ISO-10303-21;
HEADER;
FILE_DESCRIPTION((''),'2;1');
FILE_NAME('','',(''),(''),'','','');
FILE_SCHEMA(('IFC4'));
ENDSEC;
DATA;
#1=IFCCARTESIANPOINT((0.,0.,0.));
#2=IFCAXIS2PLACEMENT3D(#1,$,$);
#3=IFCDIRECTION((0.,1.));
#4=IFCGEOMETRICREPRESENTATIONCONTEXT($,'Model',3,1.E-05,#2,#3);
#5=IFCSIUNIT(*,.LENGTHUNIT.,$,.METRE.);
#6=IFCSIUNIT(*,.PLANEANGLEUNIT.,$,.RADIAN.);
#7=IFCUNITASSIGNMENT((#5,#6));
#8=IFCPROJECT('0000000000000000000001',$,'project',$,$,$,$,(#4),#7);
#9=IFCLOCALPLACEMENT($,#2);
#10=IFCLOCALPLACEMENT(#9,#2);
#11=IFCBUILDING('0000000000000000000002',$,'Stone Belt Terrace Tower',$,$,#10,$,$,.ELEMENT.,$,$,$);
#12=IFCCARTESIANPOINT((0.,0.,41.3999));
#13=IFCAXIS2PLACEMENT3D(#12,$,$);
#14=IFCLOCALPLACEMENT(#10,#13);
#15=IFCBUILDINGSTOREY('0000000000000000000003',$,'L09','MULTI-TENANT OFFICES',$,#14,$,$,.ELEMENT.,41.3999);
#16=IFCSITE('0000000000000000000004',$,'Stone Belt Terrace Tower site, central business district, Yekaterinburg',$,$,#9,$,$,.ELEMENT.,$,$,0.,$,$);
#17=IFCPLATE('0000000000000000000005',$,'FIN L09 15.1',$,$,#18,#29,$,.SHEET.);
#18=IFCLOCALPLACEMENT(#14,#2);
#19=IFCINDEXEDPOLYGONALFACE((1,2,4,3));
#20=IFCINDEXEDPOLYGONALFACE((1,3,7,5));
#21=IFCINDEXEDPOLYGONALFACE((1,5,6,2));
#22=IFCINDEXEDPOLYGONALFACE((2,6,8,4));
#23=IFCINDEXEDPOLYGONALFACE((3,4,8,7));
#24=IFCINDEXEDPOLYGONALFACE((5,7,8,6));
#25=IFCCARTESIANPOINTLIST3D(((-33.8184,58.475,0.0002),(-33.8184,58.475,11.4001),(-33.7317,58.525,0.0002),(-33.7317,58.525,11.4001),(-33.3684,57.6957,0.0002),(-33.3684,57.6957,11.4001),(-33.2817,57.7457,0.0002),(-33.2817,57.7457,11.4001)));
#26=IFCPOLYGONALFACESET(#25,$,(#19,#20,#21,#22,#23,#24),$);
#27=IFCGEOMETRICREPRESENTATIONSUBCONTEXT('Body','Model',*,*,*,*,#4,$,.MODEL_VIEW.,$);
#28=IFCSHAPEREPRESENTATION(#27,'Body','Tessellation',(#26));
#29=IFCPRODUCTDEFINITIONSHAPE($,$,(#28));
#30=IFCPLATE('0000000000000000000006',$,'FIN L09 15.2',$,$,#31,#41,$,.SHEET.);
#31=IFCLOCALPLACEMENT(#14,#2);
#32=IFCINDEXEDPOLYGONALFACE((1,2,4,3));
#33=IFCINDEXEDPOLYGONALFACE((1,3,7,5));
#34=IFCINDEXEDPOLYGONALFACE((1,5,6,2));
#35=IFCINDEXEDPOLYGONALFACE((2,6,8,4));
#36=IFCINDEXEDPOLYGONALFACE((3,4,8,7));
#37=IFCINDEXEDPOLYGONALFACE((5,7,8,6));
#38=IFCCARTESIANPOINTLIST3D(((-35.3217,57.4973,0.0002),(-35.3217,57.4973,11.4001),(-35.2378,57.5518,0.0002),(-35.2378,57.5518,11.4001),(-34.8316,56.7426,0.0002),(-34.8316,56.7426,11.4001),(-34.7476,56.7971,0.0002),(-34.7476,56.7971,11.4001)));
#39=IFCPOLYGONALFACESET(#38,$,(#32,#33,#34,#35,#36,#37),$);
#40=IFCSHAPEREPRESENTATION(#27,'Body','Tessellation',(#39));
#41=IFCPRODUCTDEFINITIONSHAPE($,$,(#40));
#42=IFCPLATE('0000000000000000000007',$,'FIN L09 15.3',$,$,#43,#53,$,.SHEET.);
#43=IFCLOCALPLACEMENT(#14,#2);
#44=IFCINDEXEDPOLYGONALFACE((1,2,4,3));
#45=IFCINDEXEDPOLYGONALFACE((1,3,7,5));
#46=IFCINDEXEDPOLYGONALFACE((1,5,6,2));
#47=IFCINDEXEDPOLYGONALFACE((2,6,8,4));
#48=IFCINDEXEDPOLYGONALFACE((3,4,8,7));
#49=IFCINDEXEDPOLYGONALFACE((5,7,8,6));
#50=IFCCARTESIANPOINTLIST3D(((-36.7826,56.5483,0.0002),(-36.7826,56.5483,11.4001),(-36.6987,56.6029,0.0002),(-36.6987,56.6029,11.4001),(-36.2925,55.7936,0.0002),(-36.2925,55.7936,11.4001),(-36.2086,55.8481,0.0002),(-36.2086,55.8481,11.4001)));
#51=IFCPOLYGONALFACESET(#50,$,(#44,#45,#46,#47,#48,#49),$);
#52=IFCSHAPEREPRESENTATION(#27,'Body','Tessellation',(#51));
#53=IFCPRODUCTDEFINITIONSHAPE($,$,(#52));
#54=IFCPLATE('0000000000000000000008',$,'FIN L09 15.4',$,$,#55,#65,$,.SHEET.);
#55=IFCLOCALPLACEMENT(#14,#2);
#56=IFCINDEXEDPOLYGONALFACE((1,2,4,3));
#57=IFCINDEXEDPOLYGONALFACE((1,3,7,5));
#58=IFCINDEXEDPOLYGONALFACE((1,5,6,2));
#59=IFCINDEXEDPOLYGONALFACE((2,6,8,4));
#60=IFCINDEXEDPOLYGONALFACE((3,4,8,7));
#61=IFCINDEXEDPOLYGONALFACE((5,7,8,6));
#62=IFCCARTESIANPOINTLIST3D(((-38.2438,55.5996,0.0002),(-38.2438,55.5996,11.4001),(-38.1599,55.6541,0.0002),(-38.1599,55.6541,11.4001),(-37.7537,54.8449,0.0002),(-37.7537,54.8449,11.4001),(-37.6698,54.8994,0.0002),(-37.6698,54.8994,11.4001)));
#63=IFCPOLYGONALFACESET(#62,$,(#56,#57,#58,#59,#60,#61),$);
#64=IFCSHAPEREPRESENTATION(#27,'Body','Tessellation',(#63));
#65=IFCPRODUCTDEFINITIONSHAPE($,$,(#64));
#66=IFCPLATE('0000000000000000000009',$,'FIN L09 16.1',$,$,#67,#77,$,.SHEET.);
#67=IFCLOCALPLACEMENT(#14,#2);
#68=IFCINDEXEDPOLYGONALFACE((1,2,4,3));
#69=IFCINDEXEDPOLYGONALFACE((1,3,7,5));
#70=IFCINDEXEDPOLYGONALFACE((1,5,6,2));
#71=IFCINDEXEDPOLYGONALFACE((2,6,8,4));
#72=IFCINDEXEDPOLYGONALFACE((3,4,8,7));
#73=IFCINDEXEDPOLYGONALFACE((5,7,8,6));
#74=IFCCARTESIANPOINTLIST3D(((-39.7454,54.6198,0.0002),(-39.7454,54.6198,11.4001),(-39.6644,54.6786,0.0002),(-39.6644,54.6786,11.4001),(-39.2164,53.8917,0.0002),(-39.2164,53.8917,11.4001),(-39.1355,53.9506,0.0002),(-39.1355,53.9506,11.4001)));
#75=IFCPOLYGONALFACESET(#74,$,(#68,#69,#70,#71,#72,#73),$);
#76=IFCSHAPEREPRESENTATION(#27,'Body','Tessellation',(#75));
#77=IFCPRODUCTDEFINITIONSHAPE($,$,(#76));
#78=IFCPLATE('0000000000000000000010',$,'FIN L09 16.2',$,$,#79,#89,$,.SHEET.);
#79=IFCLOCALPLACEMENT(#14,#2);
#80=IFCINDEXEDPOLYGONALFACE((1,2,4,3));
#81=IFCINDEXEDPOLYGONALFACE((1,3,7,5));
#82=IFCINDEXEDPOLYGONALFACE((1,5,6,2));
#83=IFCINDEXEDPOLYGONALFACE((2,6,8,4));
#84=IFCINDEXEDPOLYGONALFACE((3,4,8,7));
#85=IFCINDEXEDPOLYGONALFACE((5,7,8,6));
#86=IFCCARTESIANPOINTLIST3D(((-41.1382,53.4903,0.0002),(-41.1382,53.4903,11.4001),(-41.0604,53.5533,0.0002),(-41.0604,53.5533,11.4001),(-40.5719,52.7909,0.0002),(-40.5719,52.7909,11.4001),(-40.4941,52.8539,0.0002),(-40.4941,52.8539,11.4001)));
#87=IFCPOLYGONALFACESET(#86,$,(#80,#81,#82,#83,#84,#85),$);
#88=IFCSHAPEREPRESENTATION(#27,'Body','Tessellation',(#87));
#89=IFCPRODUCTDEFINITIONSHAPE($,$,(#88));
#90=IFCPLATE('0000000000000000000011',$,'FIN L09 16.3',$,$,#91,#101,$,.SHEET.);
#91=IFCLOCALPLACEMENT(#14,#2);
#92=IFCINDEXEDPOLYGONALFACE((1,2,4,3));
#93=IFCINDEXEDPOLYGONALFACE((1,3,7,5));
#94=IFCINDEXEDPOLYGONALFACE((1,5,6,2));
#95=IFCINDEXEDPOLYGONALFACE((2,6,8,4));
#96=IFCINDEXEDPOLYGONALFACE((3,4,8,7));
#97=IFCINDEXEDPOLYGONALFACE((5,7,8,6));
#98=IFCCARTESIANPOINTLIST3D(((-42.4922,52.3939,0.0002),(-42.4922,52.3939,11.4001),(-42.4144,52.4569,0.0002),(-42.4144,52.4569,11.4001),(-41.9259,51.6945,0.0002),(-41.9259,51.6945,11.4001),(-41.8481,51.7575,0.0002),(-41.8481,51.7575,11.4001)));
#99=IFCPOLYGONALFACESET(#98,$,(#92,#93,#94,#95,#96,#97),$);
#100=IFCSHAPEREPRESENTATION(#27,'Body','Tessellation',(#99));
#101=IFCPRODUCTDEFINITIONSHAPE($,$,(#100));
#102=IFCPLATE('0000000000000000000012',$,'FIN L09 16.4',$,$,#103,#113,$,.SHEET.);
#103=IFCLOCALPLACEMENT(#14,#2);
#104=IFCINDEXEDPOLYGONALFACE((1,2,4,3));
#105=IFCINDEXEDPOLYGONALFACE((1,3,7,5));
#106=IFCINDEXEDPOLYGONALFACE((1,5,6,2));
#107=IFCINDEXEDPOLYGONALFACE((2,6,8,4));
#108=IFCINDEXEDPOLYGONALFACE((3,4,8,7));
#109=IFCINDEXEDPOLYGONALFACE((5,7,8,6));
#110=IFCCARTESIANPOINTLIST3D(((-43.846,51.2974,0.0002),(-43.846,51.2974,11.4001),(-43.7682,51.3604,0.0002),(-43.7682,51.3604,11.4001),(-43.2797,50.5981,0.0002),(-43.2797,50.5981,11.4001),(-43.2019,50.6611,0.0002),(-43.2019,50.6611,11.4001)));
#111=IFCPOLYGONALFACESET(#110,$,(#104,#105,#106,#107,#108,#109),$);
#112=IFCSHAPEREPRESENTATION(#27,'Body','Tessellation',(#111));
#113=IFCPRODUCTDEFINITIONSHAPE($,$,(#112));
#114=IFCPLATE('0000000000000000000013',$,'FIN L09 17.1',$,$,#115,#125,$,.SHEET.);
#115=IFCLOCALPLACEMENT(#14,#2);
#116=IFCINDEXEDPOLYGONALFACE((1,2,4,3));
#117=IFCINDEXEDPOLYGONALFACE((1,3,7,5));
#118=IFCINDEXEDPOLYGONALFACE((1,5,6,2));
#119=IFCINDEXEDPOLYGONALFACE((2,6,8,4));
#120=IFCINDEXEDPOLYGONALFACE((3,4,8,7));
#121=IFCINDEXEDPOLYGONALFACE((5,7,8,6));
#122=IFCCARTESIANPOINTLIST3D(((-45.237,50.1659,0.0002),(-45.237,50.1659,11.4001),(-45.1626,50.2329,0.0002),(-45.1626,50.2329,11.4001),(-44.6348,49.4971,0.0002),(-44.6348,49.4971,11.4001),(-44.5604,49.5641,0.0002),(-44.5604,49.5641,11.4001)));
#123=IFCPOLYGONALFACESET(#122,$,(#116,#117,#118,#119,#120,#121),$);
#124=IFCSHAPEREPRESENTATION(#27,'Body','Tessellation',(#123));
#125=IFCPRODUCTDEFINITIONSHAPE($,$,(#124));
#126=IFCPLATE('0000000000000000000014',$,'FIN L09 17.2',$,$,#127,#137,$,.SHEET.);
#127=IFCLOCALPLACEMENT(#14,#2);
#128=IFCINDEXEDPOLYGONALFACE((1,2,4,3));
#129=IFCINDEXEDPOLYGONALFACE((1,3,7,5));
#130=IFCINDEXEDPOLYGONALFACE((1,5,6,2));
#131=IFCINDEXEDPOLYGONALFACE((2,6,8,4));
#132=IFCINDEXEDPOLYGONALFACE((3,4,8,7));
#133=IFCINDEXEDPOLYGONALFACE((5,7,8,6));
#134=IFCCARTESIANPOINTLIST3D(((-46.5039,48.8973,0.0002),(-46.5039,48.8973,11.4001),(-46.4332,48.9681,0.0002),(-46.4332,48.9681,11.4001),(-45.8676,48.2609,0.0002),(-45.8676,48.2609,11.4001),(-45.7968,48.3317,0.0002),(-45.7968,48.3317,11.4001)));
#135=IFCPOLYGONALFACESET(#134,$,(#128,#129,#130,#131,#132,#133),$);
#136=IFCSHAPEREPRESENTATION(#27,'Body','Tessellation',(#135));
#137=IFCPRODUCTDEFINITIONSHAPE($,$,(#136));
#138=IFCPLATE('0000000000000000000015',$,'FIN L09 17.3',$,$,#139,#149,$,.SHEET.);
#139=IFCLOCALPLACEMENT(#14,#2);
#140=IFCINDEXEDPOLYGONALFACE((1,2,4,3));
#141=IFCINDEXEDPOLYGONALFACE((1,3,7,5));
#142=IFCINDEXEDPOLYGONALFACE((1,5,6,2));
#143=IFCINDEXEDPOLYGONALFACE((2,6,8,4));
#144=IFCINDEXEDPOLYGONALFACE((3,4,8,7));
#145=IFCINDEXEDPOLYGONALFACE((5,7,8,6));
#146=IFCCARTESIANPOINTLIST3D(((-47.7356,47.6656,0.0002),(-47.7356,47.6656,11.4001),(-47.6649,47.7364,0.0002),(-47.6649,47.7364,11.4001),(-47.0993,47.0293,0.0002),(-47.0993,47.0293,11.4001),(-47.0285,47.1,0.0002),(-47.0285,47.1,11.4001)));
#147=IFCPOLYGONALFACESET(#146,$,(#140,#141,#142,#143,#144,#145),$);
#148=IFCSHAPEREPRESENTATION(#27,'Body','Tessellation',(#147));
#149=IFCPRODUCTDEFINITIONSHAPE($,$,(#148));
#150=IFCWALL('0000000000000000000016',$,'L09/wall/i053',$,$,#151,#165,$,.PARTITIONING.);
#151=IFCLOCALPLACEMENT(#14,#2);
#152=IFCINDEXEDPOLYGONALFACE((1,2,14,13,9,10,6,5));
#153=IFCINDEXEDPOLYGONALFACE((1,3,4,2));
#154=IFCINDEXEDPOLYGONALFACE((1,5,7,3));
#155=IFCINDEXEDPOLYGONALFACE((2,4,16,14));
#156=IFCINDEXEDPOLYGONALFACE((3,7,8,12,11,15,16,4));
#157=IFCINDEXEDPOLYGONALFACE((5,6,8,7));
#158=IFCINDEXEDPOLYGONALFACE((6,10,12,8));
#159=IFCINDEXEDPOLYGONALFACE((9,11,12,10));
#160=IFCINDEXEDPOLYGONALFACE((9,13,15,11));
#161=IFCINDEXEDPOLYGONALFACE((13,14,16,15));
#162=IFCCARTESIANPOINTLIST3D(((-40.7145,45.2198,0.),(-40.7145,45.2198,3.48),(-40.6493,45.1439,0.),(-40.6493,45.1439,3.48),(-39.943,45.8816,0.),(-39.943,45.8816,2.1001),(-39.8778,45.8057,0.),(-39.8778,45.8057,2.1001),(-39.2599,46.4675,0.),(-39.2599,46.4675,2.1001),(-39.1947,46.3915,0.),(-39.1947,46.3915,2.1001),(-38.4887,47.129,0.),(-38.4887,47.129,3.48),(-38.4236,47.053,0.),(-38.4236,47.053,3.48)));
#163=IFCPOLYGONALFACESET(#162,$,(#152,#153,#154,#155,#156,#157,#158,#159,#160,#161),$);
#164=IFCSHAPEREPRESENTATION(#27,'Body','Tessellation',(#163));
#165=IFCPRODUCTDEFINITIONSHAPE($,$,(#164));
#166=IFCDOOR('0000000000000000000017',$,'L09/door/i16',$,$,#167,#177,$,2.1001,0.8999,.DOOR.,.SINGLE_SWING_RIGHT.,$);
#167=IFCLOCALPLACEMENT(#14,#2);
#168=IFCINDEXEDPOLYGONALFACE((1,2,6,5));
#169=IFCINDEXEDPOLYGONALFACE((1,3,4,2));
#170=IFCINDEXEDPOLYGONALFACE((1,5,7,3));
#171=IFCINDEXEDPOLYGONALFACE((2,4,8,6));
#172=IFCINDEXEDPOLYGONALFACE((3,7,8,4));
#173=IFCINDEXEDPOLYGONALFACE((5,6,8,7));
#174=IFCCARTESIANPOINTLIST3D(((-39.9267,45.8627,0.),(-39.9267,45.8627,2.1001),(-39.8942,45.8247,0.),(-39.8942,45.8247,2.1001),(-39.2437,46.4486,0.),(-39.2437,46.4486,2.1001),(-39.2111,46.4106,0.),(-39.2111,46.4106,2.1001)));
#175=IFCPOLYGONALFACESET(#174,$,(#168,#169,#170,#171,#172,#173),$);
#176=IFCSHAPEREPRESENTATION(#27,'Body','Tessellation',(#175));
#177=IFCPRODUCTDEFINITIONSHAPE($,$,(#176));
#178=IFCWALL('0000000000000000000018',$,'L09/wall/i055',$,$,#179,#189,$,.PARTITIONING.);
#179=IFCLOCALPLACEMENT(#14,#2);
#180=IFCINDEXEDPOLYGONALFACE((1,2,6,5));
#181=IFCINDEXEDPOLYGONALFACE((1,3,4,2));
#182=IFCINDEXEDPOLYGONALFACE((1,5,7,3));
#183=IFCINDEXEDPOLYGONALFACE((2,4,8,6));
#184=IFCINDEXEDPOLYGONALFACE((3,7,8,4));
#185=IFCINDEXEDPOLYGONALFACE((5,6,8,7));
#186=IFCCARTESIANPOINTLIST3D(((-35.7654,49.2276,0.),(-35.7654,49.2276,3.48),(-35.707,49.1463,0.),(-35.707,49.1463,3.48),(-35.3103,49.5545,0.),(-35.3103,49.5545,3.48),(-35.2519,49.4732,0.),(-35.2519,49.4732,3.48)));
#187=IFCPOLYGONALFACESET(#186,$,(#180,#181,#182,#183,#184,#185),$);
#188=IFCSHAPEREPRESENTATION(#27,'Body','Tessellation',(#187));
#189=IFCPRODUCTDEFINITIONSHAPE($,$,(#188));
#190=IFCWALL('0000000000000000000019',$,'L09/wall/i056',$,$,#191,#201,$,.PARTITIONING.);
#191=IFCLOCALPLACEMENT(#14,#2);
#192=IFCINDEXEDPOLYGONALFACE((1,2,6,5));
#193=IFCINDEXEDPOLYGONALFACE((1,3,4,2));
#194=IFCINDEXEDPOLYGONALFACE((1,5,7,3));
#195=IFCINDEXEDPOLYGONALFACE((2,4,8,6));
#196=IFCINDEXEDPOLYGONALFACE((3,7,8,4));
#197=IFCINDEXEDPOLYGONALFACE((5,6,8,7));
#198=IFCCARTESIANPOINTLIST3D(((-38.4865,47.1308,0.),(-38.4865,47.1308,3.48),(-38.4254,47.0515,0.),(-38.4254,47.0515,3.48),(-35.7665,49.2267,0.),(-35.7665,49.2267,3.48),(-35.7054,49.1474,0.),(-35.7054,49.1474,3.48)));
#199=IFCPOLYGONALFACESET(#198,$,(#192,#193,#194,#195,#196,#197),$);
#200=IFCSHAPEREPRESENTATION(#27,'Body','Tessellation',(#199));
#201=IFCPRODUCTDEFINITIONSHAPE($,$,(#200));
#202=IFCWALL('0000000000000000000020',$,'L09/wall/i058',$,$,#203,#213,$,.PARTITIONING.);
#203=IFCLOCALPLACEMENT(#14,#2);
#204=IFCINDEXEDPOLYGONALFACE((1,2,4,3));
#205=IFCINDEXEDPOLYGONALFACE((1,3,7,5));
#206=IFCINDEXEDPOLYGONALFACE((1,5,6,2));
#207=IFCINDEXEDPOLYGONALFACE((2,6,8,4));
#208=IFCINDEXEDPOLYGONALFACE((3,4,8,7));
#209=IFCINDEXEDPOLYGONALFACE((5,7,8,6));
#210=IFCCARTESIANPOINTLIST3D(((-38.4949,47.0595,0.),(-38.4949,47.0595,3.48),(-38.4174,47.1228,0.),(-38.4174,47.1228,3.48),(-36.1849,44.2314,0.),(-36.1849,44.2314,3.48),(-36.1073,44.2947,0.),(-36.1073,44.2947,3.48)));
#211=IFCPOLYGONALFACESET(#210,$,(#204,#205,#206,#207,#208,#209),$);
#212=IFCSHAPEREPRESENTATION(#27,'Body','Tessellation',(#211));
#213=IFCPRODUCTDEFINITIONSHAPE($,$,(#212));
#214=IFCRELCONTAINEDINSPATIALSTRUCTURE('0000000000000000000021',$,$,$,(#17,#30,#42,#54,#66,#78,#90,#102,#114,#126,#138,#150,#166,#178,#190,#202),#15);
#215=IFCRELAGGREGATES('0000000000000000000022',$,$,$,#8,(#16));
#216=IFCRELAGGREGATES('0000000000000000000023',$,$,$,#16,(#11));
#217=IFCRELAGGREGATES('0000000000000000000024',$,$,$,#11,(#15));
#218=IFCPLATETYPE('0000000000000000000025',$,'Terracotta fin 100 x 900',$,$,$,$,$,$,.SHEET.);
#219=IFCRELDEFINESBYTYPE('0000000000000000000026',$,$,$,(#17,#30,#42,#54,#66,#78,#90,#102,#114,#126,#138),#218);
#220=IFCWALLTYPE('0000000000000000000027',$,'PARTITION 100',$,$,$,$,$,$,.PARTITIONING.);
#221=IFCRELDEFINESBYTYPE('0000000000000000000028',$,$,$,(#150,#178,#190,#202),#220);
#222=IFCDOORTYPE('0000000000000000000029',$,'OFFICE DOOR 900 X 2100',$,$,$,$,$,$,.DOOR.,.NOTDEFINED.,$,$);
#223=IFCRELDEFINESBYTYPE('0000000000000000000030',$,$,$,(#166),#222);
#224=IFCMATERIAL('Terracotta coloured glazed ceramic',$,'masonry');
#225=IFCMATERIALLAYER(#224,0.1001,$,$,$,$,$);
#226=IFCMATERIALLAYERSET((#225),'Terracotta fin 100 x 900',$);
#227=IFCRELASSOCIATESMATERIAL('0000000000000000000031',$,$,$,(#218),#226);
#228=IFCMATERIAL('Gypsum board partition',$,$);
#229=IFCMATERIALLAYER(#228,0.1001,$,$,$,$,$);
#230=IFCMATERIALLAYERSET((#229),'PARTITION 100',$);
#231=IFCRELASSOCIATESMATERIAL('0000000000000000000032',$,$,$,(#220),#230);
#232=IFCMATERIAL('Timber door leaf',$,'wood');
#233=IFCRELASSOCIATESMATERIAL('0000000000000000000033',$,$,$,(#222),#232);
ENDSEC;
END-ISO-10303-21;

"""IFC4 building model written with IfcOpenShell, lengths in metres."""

from ifc_helpers import new_model, si_unit, direction, frame, frame_2d, origin, origin_2d, place, context, subcontext, project, spatial, rectangle, extrude, material, layer, layer_set, type_object, element, fill, save


model = new_model("IFC4")

# Units and contexts
model_context = context("Model", 3, precision=1e-05, world=origin(), true_north=direction((0.0, 1.0)))
body_context = subcontext(model_context, "Body", "Model", "MODEL_VIEW")
ifc_project = project(units=[si_unit("LENGTHUNIT", "METRE"), si_unit("PLANEANGLEUNIT", "RADIAN")], contexts=[model_context])

# Site, building, storey
site_placement = place(None, origin())
site = spatial("IfcSite", under=ifc_project, at=site_placement, Name="Stone Belt Terrace Tower site, central business district, Yekaterinburg", CompositionType="ELEMENT", RefElevation=0.0)
building_placement = place(site_placement, origin())
building = spatial("IfcBuilding", under=site, at=building_placement, Name="Stone Belt Terrace Tower", CompositionType="ELEMENT")
storey_placement = place(building_placement, frame((0.0, 0.0, 41.3999)))
storey = spatial("IfcBuildingStorey", under=building, at=storey_placement, Name="L09", Description="MULTI-TENANT OFFICES", CompositionType="ELEMENT", Elevation=41.3999)

# Plates
ifc_material_1 = material(Name="Terracotta coloured glazed ceramic", Category="masonry")
ifc_layer_1 = layer(ifc_material_1, 0.1001)
ifc_layer_set_1 = layer_set([ifc_layer_1], Name="Terracotta fin 100 x 900")
plate_type_1 = type_object("IfcPlateType", Name="Terracotta fin 100 x 900", PredefinedType="SHEET", material=ifc_layer_set_1)
for number, where, z_axis, x_axis, name in (
    (1, (-33.55, 58.1104, 0.0002), (0.0, 0.0, 1.0), (-0.5, 0.866025, 0.0), "FIN L09 15.1"),
    (2, (-35.0347, 57.1472, 0.0002), (0.0, 0.0, 1.0), (-0.544639, 0.838671, 0.0), "FIN L09 15.2"),
    (3, (-36.4956, 56.1982, 0.0002), (0.0, 0.0, 1.0), (-0.544639, 0.838671, 0.0), "FIN L09 15.3"),
    (4, (-37.9568, 55.2495, 0.0002), (0.0, 0.0, 1.0), (-0.544639, 0.838671, 0.0), "FIN L09 15.4"),
    (5, (-39.4404, 54.2852, 0.0002), (0.0, 0.0, 1.0), (-0.587785, 0.809017, 0.0), "FIN L09 16.1"),
    (6, (-40.8162, 53.1721, 0.0002), (0.0, 0.0, 1.0), (-0.62932, 0.777146, 0.0), "FIN L09 16.2"),
    (7, (-42.1702, 52.0757, 0.0002), (0.0, 0.0, 1.0), (-0.62932, 0.777146, 0.0), "FIN L09 16.3"),
    (8, (-43.5239, 50.9792, 0.0002), (0.0, 0.0, 1.0), (-0.62932, 0.777146, 0.0), "FIN L09 16.4"),
    (9, (-44.8987, 49.865, 0.0002), (0.0, 0.0, 1.0), (-0.669131, 0.743145, 0.0), "FIN L09 17.1"),
    (10, (-46.1504, 48.6145, 0.0002), (0.0, 0.0, 1.0), (-0.707107, 0.707107, 0.0), "FIN L09 17.2"),
    (11, (-47.3821, 47.3828, 0.0002), (0.0, 0.0, 1.0), (-0.707107, 0.707107, 0.0), "FIN L09 17.3"),
):
    element("IfcPlate", number, at=place(storey_placement, frame(where, z_axis=z_axis, x_axis=x_axis)), inside=storey, type_object=plate_type_1, Name=name, PredefinedType="SHEET", context=body_context, shape_type="SweptSolid", body=[
        extrude(rectangle(XDim=0.8999, YDim=0.1001, at=origin_2d()), origin(), (0.0, 0.0, 1.0), 11.3999),
    ])

# Wall, opening, door
ifc_material_2 = material(Name="Gypsum board partition")
ifc_layer_2 = layer(ifc_material_2, 0.1001)
ifc_layer_set_2 = layer_set([ifc_layer_2], Name="PARTITION 100")
wall_type = type_object("IfcWallType", Name="PARTITION 100", PredefinedType="PARTITIONING", material=ifc_layer_set_2)
wall_1_placement = place(storey_placement, frame((-38.4561, 47.0911, 0.0), z_axis=(0.0, 0.0, 1.0), x_axis=(-0.759033, -0.651052, 0.0)))
wall_1 = element("IfcWall", 12, at=wall_1_placement, inside=storey, type_object=wall_type, Name="L09/wall/i053", PredefinedType="PARTITIONING", context=body_context, shape_type="SweptSolid", body=[
    extrude(rectangle(XDim=2.9324, YDim=0.1001, at=frame_2d((1.4663, 0.0))), origin(), (0.0, 0.0, 1.0), 3.48),
])
opening_placement = place(wall_1_placement, frame((1.0161, 0.0, 0.0)))
opening = element("IfcOpeningElement", 13, at=opening_placement, cuts=wall_1, PredefinedType="OPENING", context=body_context, shape_type="SweptSolid", body=[
    extrude(rectangle(XDim=0.8999, YDim=2.1001, at=frame_2d((0.45, 1.05))), frame((0.0, 0.0601, 0.0), z_axis=(0.0, -1.0, 0.0), x_axis=(1.0, 0.0, 0.0)), (0.0, 0.0, 1.0), 0.1201),
])
ifc_material_3 = material(Name="Timber door leaf", Category="wood")
door_type = type_object("IfcDoorType", Name="OFFICE DOOR 900 X 2100", OperationType="NOTDEFINED", PredefinedType="DOOR", material=ifc_material_3)
door_placement = place(opening_placement, origin())
door = element("IfcDoor", 14, at=door_placement, inside=storey, type_object=door_type, Name="L09/door/i16", OperationType="SINGLE_SWING_RIGHT", OverallHeight=2.1001, OverallWidth=0.8999, PredefinedType="DOOR", context=body_context, shape_type="SweptSolid", body=[
    extrude(rectangle(XDim=0.8999, YDim=2.1001, at=frame_2d((0.45, 1.05))), frame((0.0, 0.0249, 0.0), z_axis=(0.0, -1.0, 0.0), x_axis=(1.0, 0.0, 0.0)), (0.0, 0.0, 1.0), 0.05),
])
fill(opening, door)

# Walls
wall_2_placement = place(storey_placement, frame((-35.281, 49.5139, 0.0), z_axis=(0.0, 0.0, 1.0), x_axis=(-0.81217, -0.583421, 0.0)))
element("IfcWall", 15, at=wall_2_placement, inside=storey, type_object=wall_type, Name="L09/wall/i055", PredefinedType="PARTITIONING", context=body_context, shape_type="SweptSolid", body=[
    extrude(rectangle(XDim=0.5603, YDim=0.1001, at=frame_2d((0.2803, 0.0))), origin(), (0.0, 0.0, 1.0), 3.48),
])
wall_3_placement = place(storey_placement, frame((-35.7361, 49.187, 0.0), z_axis=(0.0, 0.0, 1.0), x_axis=(-0.792108, -0.610381, 0.0)))
element("IfcWall", 16, at=wall_3_placement, inside=storey, type_object=wall_type, Name="L09/wall/i056", PredefinedType="PARTITIONING", context=body_context, shape_type="SweptSolid", body=[
    extrude(rectangle(XDim=3.4338, YDim=0.1001, at=frame_2d((1.7168, 0.0))), origin(), (0.0, 0.0, 1.0), 3.48),
])
wall_4_placement = place(storey_placement, frame((-38.4561, 47.0911, 0.0), z_axis=(0.0, 0.0, 1.0), x_axis=(0.632604, -0.774475, 0.0)))
element("IfcWall", 17, at=wall_4_placement, inside=storey, type_object=wall_type, Name="L09/wall/i058", PredefinedType="PARTITIONING", context=body_context, shape_type="SweptSolid", body=[
    extrude(rectangle(XDim=3.6516, YDim=0.1001, at=frame_2d((1.8257, 0.0))), origin(), (0.0, 0.0, 1.0), 3.48),
])

save(model, "model.ifc")
